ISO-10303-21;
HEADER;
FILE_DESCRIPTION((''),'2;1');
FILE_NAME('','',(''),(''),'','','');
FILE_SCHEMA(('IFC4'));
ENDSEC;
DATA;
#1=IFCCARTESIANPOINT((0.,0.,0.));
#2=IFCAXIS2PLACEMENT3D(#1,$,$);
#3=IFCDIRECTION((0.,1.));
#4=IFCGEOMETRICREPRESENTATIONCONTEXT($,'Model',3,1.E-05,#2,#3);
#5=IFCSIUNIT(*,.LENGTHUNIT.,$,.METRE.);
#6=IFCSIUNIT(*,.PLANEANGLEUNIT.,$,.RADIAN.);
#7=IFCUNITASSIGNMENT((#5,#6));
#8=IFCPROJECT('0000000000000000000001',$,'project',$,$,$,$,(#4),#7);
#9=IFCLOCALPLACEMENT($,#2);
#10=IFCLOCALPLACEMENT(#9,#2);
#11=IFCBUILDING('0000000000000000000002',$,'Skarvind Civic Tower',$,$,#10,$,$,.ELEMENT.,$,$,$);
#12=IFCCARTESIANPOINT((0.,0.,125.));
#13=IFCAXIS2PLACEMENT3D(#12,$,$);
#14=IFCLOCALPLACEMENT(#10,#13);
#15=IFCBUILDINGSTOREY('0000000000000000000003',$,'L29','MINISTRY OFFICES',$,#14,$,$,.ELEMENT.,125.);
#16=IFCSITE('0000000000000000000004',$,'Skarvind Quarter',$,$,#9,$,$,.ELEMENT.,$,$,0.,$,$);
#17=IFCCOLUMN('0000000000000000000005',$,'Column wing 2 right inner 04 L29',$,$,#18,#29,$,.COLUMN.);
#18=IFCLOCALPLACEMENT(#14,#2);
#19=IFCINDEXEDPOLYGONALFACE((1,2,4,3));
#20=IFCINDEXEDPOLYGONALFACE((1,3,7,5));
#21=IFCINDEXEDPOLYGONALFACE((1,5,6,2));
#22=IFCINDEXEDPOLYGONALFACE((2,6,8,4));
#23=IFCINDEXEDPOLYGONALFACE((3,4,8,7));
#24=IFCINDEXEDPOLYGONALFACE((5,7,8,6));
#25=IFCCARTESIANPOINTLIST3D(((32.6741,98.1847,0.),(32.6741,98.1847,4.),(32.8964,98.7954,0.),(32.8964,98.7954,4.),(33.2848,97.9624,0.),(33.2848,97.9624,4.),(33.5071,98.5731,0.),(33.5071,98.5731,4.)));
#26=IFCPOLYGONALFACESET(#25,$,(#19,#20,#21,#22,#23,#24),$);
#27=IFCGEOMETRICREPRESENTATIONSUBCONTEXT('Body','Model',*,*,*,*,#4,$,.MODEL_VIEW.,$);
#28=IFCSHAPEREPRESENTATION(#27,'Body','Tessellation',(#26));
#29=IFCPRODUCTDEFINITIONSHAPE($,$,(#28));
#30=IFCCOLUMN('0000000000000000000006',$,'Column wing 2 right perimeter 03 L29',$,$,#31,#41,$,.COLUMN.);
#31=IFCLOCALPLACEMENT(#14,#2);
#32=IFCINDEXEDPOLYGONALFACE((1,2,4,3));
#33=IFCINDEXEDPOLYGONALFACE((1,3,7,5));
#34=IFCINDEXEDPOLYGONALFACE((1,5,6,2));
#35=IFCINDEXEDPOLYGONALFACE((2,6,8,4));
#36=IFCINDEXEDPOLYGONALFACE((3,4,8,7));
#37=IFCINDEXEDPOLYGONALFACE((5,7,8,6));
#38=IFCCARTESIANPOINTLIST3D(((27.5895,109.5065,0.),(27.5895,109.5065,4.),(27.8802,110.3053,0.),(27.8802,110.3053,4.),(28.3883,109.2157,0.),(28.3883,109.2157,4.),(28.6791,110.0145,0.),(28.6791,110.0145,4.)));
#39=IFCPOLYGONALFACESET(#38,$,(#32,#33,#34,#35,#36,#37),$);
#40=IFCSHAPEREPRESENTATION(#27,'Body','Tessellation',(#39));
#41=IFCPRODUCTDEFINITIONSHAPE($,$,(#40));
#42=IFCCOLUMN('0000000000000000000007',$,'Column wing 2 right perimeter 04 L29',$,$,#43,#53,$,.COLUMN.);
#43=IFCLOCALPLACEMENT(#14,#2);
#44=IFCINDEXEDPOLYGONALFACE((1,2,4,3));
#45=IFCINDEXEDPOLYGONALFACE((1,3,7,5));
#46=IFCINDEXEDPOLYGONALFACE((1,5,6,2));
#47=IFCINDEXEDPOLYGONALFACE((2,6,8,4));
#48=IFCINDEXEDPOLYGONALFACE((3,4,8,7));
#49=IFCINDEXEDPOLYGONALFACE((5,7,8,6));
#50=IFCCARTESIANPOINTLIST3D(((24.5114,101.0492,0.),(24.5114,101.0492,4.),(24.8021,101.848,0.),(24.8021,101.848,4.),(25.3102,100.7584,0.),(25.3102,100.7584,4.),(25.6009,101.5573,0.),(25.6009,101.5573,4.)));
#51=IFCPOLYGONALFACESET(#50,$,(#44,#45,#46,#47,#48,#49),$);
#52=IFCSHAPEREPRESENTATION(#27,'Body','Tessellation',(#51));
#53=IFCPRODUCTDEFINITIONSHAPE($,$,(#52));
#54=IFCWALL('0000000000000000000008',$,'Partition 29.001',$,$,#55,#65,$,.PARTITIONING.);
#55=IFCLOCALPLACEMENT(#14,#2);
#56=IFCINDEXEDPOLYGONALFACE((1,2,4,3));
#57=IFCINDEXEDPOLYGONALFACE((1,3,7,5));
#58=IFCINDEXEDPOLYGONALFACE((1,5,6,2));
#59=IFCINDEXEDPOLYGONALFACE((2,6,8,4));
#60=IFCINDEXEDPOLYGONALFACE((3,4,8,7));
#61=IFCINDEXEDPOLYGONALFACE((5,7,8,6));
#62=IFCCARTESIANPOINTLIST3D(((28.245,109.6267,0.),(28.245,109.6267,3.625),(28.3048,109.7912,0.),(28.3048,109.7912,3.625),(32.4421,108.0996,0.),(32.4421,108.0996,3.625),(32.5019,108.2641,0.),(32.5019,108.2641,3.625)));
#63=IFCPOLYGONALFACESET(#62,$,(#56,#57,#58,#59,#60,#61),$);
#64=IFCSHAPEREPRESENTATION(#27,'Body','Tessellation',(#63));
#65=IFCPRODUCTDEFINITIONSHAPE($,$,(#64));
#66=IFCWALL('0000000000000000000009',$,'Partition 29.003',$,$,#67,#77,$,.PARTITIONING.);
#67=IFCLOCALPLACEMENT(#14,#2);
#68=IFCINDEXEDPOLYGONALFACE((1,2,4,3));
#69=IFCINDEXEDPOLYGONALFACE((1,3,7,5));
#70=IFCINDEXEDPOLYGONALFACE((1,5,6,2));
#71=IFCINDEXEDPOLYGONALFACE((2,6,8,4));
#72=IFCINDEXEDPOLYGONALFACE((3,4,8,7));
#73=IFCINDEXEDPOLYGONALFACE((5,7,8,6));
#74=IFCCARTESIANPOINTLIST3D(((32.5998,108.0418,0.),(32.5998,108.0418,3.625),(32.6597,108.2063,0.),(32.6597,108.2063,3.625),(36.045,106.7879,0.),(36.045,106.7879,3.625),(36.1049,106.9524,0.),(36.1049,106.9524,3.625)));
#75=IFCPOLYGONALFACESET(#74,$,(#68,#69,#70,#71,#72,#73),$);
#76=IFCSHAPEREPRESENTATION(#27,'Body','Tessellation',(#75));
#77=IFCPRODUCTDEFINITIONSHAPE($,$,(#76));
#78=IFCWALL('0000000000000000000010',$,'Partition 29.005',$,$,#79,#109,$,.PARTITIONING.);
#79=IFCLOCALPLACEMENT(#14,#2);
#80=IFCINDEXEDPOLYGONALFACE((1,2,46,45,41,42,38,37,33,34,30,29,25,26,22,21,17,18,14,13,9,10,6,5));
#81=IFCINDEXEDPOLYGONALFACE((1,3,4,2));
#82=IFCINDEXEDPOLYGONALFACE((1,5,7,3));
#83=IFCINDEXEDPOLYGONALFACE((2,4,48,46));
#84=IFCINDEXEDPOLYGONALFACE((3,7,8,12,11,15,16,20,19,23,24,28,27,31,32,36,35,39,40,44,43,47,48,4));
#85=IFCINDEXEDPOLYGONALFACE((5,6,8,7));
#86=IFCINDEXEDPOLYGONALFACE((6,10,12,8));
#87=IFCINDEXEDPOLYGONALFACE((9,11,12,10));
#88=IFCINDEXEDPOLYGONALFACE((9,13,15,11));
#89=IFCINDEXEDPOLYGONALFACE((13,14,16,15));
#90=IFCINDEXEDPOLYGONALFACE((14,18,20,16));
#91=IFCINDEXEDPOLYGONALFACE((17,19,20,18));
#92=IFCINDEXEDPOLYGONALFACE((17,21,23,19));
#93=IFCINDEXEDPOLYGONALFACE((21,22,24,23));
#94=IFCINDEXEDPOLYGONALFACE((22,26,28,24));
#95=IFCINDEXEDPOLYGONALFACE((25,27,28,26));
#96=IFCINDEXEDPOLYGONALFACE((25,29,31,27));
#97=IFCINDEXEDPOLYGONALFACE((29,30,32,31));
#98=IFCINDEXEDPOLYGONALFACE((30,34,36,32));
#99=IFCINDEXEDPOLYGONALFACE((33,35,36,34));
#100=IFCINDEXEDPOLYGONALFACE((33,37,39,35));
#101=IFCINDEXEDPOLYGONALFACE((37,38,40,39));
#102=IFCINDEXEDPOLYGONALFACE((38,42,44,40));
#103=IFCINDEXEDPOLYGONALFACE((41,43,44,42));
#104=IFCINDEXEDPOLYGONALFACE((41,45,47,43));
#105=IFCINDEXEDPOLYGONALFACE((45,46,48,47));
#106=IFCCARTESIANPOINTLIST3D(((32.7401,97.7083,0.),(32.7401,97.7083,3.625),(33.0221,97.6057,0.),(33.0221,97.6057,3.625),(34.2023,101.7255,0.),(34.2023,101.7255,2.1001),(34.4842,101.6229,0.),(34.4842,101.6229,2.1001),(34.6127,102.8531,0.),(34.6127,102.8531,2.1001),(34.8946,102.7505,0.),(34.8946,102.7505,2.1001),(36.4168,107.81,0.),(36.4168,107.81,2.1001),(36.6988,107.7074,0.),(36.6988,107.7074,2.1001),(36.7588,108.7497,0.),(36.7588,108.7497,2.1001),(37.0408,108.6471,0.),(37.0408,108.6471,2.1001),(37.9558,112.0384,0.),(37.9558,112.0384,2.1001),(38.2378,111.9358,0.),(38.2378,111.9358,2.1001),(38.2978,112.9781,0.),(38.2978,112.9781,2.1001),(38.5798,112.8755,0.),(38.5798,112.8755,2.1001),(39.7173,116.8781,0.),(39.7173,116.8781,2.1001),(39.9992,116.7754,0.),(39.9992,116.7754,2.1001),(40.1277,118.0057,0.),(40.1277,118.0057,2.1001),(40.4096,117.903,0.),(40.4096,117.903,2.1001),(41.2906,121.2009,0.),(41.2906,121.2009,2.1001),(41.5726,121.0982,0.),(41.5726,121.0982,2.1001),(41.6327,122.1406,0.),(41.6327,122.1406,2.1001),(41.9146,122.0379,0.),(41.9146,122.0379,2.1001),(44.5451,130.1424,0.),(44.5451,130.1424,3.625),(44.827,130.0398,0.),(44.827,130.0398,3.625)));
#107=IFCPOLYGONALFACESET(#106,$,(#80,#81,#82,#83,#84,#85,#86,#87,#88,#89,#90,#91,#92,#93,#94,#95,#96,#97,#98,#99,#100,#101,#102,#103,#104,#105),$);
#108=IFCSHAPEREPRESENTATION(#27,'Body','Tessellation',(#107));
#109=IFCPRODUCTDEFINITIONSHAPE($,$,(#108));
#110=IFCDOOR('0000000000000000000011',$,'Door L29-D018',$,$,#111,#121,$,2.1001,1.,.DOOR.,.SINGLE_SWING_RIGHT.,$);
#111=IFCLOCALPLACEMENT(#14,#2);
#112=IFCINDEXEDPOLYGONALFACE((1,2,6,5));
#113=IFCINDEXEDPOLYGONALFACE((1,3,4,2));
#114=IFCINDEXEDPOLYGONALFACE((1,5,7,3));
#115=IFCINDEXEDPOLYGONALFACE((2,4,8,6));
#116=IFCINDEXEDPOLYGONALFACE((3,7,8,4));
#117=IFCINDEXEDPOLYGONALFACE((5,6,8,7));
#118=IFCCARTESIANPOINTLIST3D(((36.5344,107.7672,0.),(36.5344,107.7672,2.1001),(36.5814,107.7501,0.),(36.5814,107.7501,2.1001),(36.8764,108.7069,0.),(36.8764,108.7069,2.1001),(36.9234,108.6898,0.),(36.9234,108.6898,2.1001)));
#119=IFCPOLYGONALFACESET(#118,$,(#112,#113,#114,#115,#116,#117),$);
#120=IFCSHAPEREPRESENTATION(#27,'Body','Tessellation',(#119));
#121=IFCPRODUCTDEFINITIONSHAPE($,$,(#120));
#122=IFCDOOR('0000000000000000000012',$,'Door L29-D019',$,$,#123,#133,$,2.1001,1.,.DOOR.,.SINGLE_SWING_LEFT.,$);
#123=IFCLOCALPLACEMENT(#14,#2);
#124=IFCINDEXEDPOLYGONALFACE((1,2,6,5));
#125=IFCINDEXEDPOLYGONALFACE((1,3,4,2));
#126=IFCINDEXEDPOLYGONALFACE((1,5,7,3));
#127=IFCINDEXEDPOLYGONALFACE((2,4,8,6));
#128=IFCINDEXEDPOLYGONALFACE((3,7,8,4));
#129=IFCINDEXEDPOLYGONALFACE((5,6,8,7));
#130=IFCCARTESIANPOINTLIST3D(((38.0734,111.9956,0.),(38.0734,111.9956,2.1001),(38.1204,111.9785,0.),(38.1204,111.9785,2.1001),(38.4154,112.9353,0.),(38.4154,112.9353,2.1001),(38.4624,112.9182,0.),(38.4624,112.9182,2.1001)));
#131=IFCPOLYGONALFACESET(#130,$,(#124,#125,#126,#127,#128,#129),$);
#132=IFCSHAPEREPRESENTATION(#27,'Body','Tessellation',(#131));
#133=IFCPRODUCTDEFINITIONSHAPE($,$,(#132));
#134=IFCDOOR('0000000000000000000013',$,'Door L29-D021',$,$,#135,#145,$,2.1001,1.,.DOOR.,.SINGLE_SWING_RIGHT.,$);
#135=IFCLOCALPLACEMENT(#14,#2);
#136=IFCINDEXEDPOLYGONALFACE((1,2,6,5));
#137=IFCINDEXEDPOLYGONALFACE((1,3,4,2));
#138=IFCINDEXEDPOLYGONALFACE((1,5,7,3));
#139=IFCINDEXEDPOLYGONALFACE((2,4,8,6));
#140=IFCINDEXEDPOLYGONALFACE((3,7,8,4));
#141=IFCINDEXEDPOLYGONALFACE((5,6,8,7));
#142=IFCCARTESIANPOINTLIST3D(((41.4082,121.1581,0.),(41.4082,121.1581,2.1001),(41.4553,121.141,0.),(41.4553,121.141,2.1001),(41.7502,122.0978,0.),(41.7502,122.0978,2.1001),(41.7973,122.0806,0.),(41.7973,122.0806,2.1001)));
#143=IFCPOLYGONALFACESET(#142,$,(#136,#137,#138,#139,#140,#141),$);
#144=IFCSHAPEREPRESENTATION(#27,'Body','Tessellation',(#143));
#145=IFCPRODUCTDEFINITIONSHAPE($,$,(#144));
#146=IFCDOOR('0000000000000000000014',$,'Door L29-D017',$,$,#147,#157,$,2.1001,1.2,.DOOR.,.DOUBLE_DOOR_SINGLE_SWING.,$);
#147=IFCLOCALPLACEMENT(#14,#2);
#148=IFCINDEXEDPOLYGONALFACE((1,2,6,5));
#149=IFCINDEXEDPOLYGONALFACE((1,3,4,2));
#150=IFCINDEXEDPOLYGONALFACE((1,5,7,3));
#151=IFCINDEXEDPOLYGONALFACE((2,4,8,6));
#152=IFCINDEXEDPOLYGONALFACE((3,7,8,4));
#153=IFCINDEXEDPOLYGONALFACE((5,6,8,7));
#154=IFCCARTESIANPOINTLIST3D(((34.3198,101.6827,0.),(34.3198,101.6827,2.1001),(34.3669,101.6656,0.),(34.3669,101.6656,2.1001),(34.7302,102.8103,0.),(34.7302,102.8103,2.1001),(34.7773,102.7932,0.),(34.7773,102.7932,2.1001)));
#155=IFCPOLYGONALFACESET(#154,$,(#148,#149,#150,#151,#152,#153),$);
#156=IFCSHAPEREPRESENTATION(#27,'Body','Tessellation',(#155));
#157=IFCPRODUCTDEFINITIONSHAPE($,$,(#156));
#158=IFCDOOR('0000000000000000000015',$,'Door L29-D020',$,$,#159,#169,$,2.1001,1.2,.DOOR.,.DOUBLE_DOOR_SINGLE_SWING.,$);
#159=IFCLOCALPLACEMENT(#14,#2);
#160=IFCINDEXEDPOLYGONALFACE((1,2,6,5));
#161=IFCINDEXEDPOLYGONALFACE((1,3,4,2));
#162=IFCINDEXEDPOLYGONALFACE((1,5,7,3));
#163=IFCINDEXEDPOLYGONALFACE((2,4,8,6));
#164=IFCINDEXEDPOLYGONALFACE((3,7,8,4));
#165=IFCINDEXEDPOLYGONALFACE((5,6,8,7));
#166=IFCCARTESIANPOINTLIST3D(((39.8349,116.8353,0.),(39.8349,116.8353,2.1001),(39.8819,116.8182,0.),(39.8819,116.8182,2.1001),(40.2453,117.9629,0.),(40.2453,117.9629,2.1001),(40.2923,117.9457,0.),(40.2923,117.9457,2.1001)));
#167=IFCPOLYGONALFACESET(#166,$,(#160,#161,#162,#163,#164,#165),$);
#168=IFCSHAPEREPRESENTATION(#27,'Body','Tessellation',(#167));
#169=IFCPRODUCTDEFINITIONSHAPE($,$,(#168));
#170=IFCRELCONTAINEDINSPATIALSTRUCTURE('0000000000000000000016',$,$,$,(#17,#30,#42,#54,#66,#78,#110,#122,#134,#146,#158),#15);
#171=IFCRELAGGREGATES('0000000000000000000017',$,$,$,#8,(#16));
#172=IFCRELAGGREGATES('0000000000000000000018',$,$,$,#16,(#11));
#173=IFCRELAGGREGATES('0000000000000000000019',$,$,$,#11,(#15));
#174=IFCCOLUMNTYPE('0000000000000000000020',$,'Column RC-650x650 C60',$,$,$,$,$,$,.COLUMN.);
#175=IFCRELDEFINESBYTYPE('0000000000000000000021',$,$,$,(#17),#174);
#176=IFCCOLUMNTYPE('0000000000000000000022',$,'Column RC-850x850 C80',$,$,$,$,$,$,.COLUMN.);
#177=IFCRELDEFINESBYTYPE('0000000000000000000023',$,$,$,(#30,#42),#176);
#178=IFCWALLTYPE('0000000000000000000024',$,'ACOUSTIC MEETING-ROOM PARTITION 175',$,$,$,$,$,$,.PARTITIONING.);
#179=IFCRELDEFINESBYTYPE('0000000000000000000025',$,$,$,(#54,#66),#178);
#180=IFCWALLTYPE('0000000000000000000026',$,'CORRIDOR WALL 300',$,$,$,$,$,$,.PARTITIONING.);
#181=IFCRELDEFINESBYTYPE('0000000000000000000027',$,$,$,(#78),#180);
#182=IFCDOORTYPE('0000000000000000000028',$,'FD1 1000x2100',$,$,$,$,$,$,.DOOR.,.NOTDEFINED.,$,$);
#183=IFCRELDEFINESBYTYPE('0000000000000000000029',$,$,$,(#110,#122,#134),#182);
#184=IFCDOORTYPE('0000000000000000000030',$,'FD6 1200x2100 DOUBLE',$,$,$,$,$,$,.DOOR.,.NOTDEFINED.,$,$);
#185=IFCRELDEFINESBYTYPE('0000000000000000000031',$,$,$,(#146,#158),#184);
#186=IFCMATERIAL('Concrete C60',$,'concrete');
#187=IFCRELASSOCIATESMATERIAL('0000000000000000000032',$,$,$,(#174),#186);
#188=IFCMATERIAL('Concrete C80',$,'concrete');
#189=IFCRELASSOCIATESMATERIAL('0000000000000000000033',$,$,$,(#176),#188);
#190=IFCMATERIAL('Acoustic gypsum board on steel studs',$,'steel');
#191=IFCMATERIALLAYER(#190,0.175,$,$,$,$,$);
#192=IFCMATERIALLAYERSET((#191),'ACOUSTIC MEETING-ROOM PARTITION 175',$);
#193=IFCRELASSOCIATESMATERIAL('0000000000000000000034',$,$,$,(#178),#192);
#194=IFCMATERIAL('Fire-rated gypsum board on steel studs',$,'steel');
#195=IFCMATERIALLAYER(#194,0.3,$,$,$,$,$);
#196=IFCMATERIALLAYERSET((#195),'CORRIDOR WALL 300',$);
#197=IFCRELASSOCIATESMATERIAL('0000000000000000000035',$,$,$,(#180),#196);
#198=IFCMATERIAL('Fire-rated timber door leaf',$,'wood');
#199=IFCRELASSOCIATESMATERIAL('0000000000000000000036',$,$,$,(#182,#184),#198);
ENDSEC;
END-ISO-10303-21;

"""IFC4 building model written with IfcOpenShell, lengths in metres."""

from ifc_helpers import new_model, si_unit, direction, frame, frame_2d, origin, origin_2d, place, context, subcontext, project, spatial, rectangle, extrude, material, layer, layer_set, material_profile, profile_set, type_object, element, fill, save


model = new_model("IFC4")

# Units and contexts
model_context = context("Model", 3, precision=1e-05, world=origin(), true_north=direction((0.0, 1.0)))
body_context = subcontext(model_context, "Body", "Model", "MODEL_VIEW")
ifc_project = project(units=[si_unit("LENGTHUNIT", "METRE"), si_unit("PLANEANGLEUNIT", "RADIAN")], contexts=[model_context])

# Site, building, storey
site_placement = place(None, origin())
site = spatial("IfcSite", under=ifc_project, at=site_placement, Name="Skarvind Quarter", CompositionType="ELEMENT", RefElevation=0.0)
building_placement = place(site_placement, origin())
building = spatial("IfcBuilding", under=site, at=building_placement, Name="Skarvind Civic Tower", CompositionType="ELEMENT")
storey_placement = place(building_placement, frame((0.0, 0.0, 125.0)))
storey = spatial("IfcBuildingStorey", under=building, at=storey_placement, Name="L29", Description="MINISTRY OFFICES", CompositionType="ELEMENT", Elevation=125.0)

# Columns
ifc_material_1 = material(Name="Concrete C60", Category="concrete")
ifc_material_profile_1 = material_profile(ifc_material_1, rectangle(XDim=0.6499, YDim=0.6499, at=origin_2d()), Name="RC-650x650")
ifc_profile_set_1 = profile_set([ifc_material_profile_1], Name="Concrete C60")
column_type_1 = type_object("IfcColumnType", Name="Column RC-650x650 C60", PredefinedType="COLUMN", material=ifc_profile_set_1)
column_placement = place(storey_placement, frame((33.0906, 98.3789, 0.0), z_axis=(0.0, 0.0, 1.0), x_axis=(-0.34202, -0.939693, 0.0)))
element("IfcColumn", 1, at=column_placement, inside=storey, type_object=column_type_1, Name="Column wing 2 right inner 04 L29", PredefinedType="COLUMN", context=body_context, shape_type="SweptSolid", body=[
    extrude(rectangle(XDim=0.6499, YDim=0.6499, at=origin_2d()), origin(), (0.0, 0.0, 1.0), 4.0),
])
ifc_material_2 = material(Name="Concrete C80", Category="concrete")
ifc_material_profile_2 = material_profile(ifc_material_2, rectangle(XDim=0.8501, YDim=0.8501, at=origin_2d()), Name="RC-850x850")
ifc_profile_set_2 = profile_set([ifc_material_profile_2], Name="Concrete C80")
column_type_2 = type_object("IfcColumnType", Name="Column RC-850x850 C80", PredefinedType="COLUMN", material=ifc_profile_set_2)
for number, where, z_axis, x_axis, name in (
    (2, (28.1343, 109.7605, 0.0), (0.0, 0.0, 1.0), (-0.34202, -0.939693, 0.0), "Column wing 2 right perimeter 03 L29"),
    (3, (25.0562, 101.3032, 0.0), (0.0, 0.0, 1.0), (-0.34202, -0.939693, 0.0), "Column wing 2 right perimeter 04 L29"),
):
    element("IfcColumn", number, at=place(storey_placement, frame(where, z_axis=z_axis, x_axis=x_axis)), inside=storey, type_object=column_type_2, Name=name, PredefinedType="COLUMN", context=body_context, shape_type="SweptSolid", body=[
        extrude(rectangle(XDim=0.8501, YDim=0.8501, at=origin_2d()), origin(), (0.0, 0.0, 1.0), 4.0),
    ])

# Walls
ifc_material_3 = material(Name="Acoustic gypsum board on steel studs", Category="steel")
ifc_layer_1 = layer(ifc_material_3, 0.175)
ifc_layer_set_1 = layer_set([ifc_layer_1], Name="ACOUSTIC MEETING-ROOM PARTITION 175")
wall_type_1 = type_object("IfcWallType", Name="ACOUSTIC MEETING-ROOM PARTITION 175", PredefinedType="PARTITIONING", material=ifc_layer_set_1)
wall_1_placement = place(storey_placement, frame((28.2749, 109.709, 0.0), z_axis=(0.0, 0.0, 1.0), x_axis=(0.939728, -0.341923, 0.0)))
element("IfcWall", 4, at=wall_1_placement, inside=storey, type_object=wall_type_1, Name="Partition 29.001", PredefinedType="PARTITIONING", context=body_context, shape_type="SweptSolid", body=[
    extrude(rectangle(XDim=4.4663, YDim=0.175, at=frame_2d((2.2332, 0.0))), origin(), (0.0, 0.0, 1.0), 3.625),
])
wall_2_placement = place(storey_placement, frame((32.6299, 108.124, 0.0), z_axis=(0.0, 0.0, 1.0), x_axis=(0.939692, -0.342021, 0.0)))
element("IfcWall", 5, at=wall_2_placement, inside=storey, type_object=wall_type_1, Name="Partition 29.003", PredefinedType="PARTITIONING", context=body_context, shape_type="SweptSolid", body=[
    extrude(rectangle(XDim=3.6663, YDim=0.175, at=frame_2d((1.833, 0.0))), origin(), (0.0, 0.0, 1.0), 3.625),
])

# Wall, openings, doors
ifc_material_4 = material(Name="Fire-rated gypsum board on steel studs", Category="steel")
ifc_layer_2 = layer(ifc_material_4, 0.3)
ifc_layer_set_2 = layer_set([ifc_layer_2], Name="CORRIDOR WALL 300")
wall_type_2 = type_object("IfcWallType", Name="CORRIDOR WALL 300", PredefinedType="PARTITIONING", material=ifc_layer_set_2)
wall_3_placement = place(storey_placement, frame((32.8811, 97.657, 0.0), z_axis=(0.0, 0.0, 1.0), x_axis=(0.342017, 0.939694, 0.0)))
wall_3 = element("IfcWall", 6, at=wall_3_placement, inside=storey, type_object=wall_type_2, Name="Partition 29.005", PredefinedType="PARTITIONING", context=body_context, shape_type="SweptSolid", body=[
    extrude(rectangle(XDim=34.5156, YDim=0.3, at=frame_2d((17.2578, 0.0))), origin(), (0.0, 0.0, 1.0), 3.625),
])
opening_1_placement = place(wall_3_placement, frame((4.2749, 0.0, 0.0)))
opening_1 = element("IfcOpeningElement", 7, at=opening_1_placement, cuts=wall_3, PredefinedType="OPENING", context=body_context, shape_type="SweptSolid", body=[
    extrude(rectangle(XDim=1.2, YDim=2.1001, at=frame_2d((0.6001, 1.05))), frame((0.0, 0.1599, 0.0), z_axis=(0.0, -1.0, 0.0), x_axis=(1.0, 0.0, 0.0)), (0.0, 0.0, 1.0), 0.3201),
])
opening_2_placement = place(wall_3_placement, frame((10.75, 0.0, 0.0)))
opening_2 = element("IfcOpeningElement", 8, at=opening_2_placement, cuts=wall_3, PredefinedType="OPENING", context=body_context, shape_type="SweptSolid", body=[
    extrude(rectangle(XDim=1.0, YDim=2.1001, at=frame_2d((0.5, 1.05))), frame((0.0, 0.1599, 0.0), z_axis=(0.0, -1.0, 0.0), x_axis=(1.0, 0.0, 0.0)), (0.0, 0.0, 1.0), 0.3201),
])
opening_3_placement = place(wall_3_placement, frame((15.2498, 0.0, 0.0)))
opening_3 = element("IfcOpeningElement", 9, at=opening_3_placement, cuts=wall_3, PredefinedType="OPENING", context=body_context, shape_type="SweptSolid", body=[
    extrude(rectangle(XDim=1.0, YDim=2.1001, at=frame_2d((0.5, 1.05))), frame((0.0, 0.1599, 0.0), z_axis=(0.0, -1.0, 0.0), x_axis=(1.0, 0.0, 0.0)), (0.0, 0.0, 1.0), 0.3201),
])
opening_4_placement = place(wall_3_placement, frame((20.3999, 0.0, 0.0)))
opening_4 = element("IfcOpeningElement", 10, at=opening_4_placement, cuts=wall_3, PredefinedType="OPENING", context=body_context, shape_type="SweptSolid", body=[
    extrude(rectangle(XDim=1.2, YDim=2.1001, at=frame_2d((0.6001, 1.05))), frame((0.0, 0.1599, 0.0), z_axis=(0.0, -1.0, 0.0), x_axis=(1.0, 0.0, 0.0)), (0.0, 0.0, 1.0), 0.3201),
])
opening_5_placement = place(wall_3_placement, frame((25.0002, 0.0, 0.0)))
opening_5 = element("IfcOpeningElement", 11, at=opening_5_placement, cuts=wall_3, PredefinedType="OPENING", context=body_context, shape_type="SweptSolid", body=[
    extrude(rectangle(XDim=1.0, YDim=2.1001, at=frame_2d((0.5, 1.05))), frame((0.0, 0.1599, 0.0), z_axis=(0.0, -1.0, 0.0), x_axis=(1.0, 0.0, 0.0)), (0.0, 0.0, 1.0), 0.3201),
])
ifc_material_5 = material(Name="Fire-rated timber door leaf", Category="wood")
door_type_1 = type_object("IfcDoorType", Name="FD1 1000x2100", OperationType="NOTDEFINED", PredefinedType="DOOR", material=ifc_material_5)
door_1_placement = place(opening_2_placement, origin())
door_1 = element("IfcDoor", 12, at=door_1_placement, inside=storey, type_object=door_type_1, Name="Door L29-D018", OperationType="SINGLE_SWING_RIGHT", OverallHeight=2.1001, OverallWidth=1.0, PredefinedType="DOOR", context=body_context, shape_type="SweptSolid", body=[
    extrude(rectangle(XDim=1.0, YDim=2.1001, at=frame_2d((0.5, 1.05))), frame((0.0, 0.0249, 0.0), z_axis=(0.0, -1.0, 0.0), x_axis=(1.0, 0.0, 0.0)), (0.0, 0.0, 1.0), 0.05),
])
fill(opening_2, door_1)
door_2_placement = place(opening_3_placement, origin())
door_2 = element("IfcDoor", 13, at=door_2_placement, inside=storey, type_object=door_type_1, Name="Door L29-D019", OperationType="SINGLE_SWING_LEFT", OverallHeight=2.1001, OverallWidth=1.0, PredefinedType="DOOR", context=body_context, shape_type="SweptSolid", body=[
    extrude(rectangle(XDim=1.0, YDim=2.1001, at=frame_2d((0.5, 1.05))), frame((0.0, 0.0249, 0.0), z_axis=(0.0, -1.0, 0.0), x_axis=(1.0, 0.0, 0.0)), (0.0, 0.0, 1.0), 0.05),
])
fill(opening_3, door_2)
door_3_placement = place(opening_5_placement, origin())
door_3 = element("IfcDoor", 14, at=door_3_placement, inside=storey, type_object=door_type_1, Name="Door L29-D021", OperationType="SINGLE_SWING_RIGHT", OverallHeight=2.1001, OverallWidth=1.0, PredefinedType="DOOR", context=body_context, shape_type="SweptSolid", body=[
    extrude(rectangle(XDim=1.0, YDim=2.1001, at=frame_2d((0.5, 1.05))), frame((0.0, 0.0249, 0.0), z_axis=(0.0, -1.0, 0.0), x_axis=(1.0, 0.0, 0.0)), (0.0, 0.0, 1.0), 0.05),
])
fill(opening_5, door_3)
door_type_2 = type_object("IfcDoorType", Name="FD6 1200x2100 DOUBLE", OperationType="NOTDEFINED", PredefinedType="DOOR", material=ifc_material_5)
door_4_placement = place(opening_1_placement, origin())
door_4 = element("IfcDoor", 15, at=door_4_placement, inside=storey, type_object=door_type_2, Name="Door L29-D017", OperationType="DOUBLE_DOOR_SINGLE_SWING", OverallHeight=2.1001, OverallWidth=1.2, PredefinedType="DOOR", context=body_context, shape_type="SweptSolid", body=[
    extrude(rectangle(XDim=1.2, YDim=2.1001, at=frame_2d((0.6001, 1.05))), frame((0.0, 0.0249, 0.0), z_axis=(0.0, -1.0, 0.0), x_axis=(1.0, 0.0, 0.0)), (0.0, 0.0, 1.0), 0.05),
])
fill(opening_1, door_4)
door_5_placement = place(opening_4_placement, origin())
door_5 = element("IfcDoor", 16, at=door_5_placement, inside=storey, type_object=door_type_2, Name="Door L29-D020", OperationType="DOUBLE_DOOR_SINGLE_SWING", OverallHeight=2.1001, OverallWidth=1.2, PredefinedType="DOOR", context=body_context, shape_type="SweptSolid", body=[
    extrude(rectangle(XDim=1.2, YDim=2.1001, at=frame_2d((0.6001, 1.05))), frame((0.0, 0.0249, 0.0), z_axis=(0.0, -1.0, 0.0), x_axis=(1.0, 0.0, 0.0)), (0.0, 0.0, 1.0), 0.05),
])
fill(opening_4, door_5)

save(model, "model.ifc")
